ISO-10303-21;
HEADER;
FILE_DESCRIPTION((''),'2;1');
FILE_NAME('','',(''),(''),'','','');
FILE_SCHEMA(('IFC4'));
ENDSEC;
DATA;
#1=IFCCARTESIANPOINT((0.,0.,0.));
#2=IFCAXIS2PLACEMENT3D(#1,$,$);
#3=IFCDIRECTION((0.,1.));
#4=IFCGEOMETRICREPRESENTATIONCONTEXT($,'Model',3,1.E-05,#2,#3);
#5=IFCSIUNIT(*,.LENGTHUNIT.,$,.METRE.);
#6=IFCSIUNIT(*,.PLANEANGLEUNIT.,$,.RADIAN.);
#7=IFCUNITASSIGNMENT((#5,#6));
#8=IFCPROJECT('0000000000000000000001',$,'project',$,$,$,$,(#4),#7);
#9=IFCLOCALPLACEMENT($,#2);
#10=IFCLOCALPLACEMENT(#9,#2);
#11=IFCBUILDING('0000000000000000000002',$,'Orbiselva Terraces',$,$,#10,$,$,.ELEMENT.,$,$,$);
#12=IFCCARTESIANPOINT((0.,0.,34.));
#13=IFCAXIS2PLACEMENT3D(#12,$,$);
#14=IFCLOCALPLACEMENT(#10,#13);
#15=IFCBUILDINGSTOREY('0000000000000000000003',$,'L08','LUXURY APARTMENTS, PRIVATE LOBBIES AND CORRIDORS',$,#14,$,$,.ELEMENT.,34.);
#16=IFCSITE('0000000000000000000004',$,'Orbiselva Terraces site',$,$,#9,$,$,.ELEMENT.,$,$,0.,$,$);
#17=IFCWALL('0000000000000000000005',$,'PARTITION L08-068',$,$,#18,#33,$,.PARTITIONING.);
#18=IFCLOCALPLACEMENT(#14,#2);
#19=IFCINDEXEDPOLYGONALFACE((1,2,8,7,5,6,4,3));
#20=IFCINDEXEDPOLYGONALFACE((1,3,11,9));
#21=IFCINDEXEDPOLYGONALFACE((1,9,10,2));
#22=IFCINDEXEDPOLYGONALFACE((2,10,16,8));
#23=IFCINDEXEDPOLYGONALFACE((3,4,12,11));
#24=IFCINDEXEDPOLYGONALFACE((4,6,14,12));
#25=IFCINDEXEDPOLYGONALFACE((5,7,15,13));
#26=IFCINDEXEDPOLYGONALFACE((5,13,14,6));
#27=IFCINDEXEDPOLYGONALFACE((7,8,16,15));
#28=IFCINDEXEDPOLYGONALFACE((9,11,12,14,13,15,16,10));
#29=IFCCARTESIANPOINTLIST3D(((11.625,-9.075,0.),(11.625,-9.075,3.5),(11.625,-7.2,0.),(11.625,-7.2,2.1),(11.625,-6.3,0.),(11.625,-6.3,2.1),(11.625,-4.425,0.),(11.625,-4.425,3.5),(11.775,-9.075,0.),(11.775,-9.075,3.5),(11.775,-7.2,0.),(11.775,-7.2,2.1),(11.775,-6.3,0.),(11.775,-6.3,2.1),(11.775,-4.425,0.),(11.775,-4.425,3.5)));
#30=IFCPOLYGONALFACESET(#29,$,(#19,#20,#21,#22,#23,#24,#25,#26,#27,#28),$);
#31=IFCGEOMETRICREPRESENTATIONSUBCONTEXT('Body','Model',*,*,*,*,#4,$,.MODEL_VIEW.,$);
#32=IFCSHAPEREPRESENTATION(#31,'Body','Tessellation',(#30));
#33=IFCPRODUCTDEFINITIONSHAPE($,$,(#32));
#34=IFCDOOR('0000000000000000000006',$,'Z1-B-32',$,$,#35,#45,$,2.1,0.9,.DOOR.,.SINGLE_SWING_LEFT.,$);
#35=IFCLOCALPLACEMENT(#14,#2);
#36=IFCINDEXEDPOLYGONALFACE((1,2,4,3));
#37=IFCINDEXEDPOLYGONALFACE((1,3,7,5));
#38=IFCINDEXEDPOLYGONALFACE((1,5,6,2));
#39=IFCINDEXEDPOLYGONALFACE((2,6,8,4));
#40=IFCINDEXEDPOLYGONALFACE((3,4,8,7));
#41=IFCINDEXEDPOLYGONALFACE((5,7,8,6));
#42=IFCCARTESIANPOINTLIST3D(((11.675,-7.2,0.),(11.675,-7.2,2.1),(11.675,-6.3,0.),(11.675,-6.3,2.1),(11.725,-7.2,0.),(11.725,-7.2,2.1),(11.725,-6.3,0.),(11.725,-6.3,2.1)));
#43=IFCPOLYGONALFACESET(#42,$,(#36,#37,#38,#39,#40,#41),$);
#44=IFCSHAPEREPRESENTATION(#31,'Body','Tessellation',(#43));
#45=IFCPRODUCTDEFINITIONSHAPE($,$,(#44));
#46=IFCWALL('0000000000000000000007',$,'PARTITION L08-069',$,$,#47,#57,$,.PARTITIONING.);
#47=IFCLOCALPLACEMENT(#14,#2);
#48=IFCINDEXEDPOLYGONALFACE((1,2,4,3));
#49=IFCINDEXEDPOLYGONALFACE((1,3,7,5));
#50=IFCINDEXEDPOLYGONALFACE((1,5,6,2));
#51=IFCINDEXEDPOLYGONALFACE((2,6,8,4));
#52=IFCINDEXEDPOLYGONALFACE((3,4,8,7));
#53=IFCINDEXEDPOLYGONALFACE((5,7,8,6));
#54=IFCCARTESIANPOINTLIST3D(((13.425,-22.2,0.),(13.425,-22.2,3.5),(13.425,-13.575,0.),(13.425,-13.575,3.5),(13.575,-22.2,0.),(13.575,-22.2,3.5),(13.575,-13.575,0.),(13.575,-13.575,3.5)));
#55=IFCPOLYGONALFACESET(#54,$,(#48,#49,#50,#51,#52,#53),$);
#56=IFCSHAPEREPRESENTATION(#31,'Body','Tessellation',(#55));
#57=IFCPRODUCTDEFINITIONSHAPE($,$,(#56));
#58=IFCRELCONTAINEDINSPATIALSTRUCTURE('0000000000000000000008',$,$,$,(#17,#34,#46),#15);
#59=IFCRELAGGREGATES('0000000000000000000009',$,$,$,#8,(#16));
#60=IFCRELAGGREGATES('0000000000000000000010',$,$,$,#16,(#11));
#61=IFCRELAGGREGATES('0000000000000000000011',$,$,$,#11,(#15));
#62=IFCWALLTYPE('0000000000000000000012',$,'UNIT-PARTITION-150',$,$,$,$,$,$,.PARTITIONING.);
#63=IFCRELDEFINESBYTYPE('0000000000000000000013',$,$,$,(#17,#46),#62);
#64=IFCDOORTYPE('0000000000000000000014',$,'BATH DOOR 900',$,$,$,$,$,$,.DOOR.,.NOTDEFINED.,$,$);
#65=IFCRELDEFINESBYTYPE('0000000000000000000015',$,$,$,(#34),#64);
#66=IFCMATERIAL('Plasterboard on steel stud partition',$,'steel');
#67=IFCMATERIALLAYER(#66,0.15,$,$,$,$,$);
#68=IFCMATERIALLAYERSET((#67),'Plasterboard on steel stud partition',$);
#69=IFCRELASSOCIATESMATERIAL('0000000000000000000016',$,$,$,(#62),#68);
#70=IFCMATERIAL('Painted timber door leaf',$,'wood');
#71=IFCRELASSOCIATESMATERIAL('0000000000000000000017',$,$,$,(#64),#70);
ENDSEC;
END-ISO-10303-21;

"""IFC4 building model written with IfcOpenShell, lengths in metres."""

from ifc_helpers import new_model, si_unit, direction, frame, frame_2d, origin, place, context, subcontext, project, spatial, rectangle, extrude, material, layer, layer_set, type_object, element, fill, save


model = new_model("IFC4")

# Units and contexts
model_context = context("Model", 3, precision=1e-05, world=origin(), true_north=direction((0.0, 1.0)))
body_context = subcontext(model_context, "Body", "Model", "MODEL_VIEW")
ifc_project = project(units=[si_unit("LENGTHUNIT", "METRE"), si_unit("PLANEANGLEUNIT", "RADIAN")], contexts=[model_context])

# Site, building, storey
site_placement = place(None, origin())
site = spatial("IfcSite", under=ifc_project, at=site_placement, Name="Orbiselva Terraces site", CompositionType="ELEMENT", RefElevation=0.0)
building_placement = place(site_placement, origin())
building = spatial("IfcBuilding", under=site, at=building_placement, Name="Orbiselva Terraces", CompositionType="ELEMENT")
storey_placement = place(building_placement, frame((0.0, 0.0, 34.0)))
storey = spatial("IfcBuildingStorey", under=building, at=storey_placement, Name="L08", Description="LUXURY APARTMENTS, PRIVATE LOBBIES AND CORRIDORS", CompositionType="ELEMENT", Elevation=34.0)

# Shared definitions
ifc_material_1 = material(Name="Plasterboard on steel stud partition", Category="steel")
ifc_layer_1 = layer(ifc_material_1, 0.15)
ifc_layer_set_1 = layer_set([ifc_layer_1], Name="Plasterboard on steel stud partition")
wall_type_1 = type_object("IfcWallType", Name="UNIT-PARTITION-150", PredefinedType="PARTITIONING", material=ifc_layer_set_1)

# Shared definitions
ifc_material_2 = material(Name="Painted timber door leaf", Category="wood")
door_type_1 = type_object("IfcDoorType", Name="BATH DOOR 900", OperationType="NOTDEFINED", PredefinedType="DOOR", material=ifc_material_2)

# Wall, opening, door
wall_1_placement = place(storey_placement, frame((11.7, -9.075, 0.0), z_axis=(0.0, 0.0, 1.0), x_axis=(0.0, 1.0, 0.0)))
wall_1 = element("IfcWall", 1, at=wall_1_placement, inside=storey, type_object=wall_type_1, Name="PARTITION L08-068", PredefinedType="PARTITIONING", context=body_context, shape_type="SweptSolid", body=[
    extrude(rectangle(XDim=4.65, YDim=0.15, at=frame_2d((2.325, 0.0))), origin(), (0.0, 0.0, 1.0), 3.5),
])
opening_1_placement = place(wall_1_placement, frame((1.875, 0.0, 0.0)))
opening_1 = element("IfcOpeningElement", 2, at=opening_1_placement, cuts=wall_1, PredefinedType="OPENING", context=body_context, shape_type="SweptSolid", body=[
    extrude(rectangle(XDim=0.9, YDim=2.1, at=frame_2d((0.45, 1.05))), frame((0.0, 0.085, 0.0), z_axis=(0.0, -1.0, 0.0), x_axis=(1.0, 0.0, 0.0)), (0.0, 0.0, 1.0), 0.17),
])
door_1_placement = place(opening_1_placement, origin())
door_1 = element("IfcDoor", 3, at=door_1_placement, inside=storey, type_object=door_type_1, Name="Z1-B-32", OperationType="SINGLE_SWING_LEFT", OverallHeight=2.1, OverallWidth=0.9, PredefinedType="DOOR", context=body_context, shape_type="SweptSolid", body=[
    extrude(rectangle(XDim=0.9, YDim=2.1, at=frame_2d((0.45, 1.05))), frame((0.0, 0.025, 0.0), z_axis=(0.0, -1.0, 0.0), x_axis=(1.0, 0.0, 0.0)), (0.0, 0.0, 1.0), 0.05),
])
fill(opening_1, door_1)

# Wall
wall_2_placement = place(storey_placement, frame((13.5, -22.2, 0.0), z_axis=(0.0, 0.0, 1.0), x_axis=(0.0, 1.0, 0.0)))
element("IfcWall", 4, at=wall_2_placement, inside=storey, type_object=wall_type_1, Name="PARTITION L08-069", PredefinedType="PARTITIONING", context=body_context, shape_type="SweptSolid", body=[
    extrude(rectangle(XDim=8.625, YDim=0.15, at=frame_2d((4.3125, 0.0))), origin(), (0.0, 0.0, 1.0), 3.5),
])

save(model, "model.ifc")
